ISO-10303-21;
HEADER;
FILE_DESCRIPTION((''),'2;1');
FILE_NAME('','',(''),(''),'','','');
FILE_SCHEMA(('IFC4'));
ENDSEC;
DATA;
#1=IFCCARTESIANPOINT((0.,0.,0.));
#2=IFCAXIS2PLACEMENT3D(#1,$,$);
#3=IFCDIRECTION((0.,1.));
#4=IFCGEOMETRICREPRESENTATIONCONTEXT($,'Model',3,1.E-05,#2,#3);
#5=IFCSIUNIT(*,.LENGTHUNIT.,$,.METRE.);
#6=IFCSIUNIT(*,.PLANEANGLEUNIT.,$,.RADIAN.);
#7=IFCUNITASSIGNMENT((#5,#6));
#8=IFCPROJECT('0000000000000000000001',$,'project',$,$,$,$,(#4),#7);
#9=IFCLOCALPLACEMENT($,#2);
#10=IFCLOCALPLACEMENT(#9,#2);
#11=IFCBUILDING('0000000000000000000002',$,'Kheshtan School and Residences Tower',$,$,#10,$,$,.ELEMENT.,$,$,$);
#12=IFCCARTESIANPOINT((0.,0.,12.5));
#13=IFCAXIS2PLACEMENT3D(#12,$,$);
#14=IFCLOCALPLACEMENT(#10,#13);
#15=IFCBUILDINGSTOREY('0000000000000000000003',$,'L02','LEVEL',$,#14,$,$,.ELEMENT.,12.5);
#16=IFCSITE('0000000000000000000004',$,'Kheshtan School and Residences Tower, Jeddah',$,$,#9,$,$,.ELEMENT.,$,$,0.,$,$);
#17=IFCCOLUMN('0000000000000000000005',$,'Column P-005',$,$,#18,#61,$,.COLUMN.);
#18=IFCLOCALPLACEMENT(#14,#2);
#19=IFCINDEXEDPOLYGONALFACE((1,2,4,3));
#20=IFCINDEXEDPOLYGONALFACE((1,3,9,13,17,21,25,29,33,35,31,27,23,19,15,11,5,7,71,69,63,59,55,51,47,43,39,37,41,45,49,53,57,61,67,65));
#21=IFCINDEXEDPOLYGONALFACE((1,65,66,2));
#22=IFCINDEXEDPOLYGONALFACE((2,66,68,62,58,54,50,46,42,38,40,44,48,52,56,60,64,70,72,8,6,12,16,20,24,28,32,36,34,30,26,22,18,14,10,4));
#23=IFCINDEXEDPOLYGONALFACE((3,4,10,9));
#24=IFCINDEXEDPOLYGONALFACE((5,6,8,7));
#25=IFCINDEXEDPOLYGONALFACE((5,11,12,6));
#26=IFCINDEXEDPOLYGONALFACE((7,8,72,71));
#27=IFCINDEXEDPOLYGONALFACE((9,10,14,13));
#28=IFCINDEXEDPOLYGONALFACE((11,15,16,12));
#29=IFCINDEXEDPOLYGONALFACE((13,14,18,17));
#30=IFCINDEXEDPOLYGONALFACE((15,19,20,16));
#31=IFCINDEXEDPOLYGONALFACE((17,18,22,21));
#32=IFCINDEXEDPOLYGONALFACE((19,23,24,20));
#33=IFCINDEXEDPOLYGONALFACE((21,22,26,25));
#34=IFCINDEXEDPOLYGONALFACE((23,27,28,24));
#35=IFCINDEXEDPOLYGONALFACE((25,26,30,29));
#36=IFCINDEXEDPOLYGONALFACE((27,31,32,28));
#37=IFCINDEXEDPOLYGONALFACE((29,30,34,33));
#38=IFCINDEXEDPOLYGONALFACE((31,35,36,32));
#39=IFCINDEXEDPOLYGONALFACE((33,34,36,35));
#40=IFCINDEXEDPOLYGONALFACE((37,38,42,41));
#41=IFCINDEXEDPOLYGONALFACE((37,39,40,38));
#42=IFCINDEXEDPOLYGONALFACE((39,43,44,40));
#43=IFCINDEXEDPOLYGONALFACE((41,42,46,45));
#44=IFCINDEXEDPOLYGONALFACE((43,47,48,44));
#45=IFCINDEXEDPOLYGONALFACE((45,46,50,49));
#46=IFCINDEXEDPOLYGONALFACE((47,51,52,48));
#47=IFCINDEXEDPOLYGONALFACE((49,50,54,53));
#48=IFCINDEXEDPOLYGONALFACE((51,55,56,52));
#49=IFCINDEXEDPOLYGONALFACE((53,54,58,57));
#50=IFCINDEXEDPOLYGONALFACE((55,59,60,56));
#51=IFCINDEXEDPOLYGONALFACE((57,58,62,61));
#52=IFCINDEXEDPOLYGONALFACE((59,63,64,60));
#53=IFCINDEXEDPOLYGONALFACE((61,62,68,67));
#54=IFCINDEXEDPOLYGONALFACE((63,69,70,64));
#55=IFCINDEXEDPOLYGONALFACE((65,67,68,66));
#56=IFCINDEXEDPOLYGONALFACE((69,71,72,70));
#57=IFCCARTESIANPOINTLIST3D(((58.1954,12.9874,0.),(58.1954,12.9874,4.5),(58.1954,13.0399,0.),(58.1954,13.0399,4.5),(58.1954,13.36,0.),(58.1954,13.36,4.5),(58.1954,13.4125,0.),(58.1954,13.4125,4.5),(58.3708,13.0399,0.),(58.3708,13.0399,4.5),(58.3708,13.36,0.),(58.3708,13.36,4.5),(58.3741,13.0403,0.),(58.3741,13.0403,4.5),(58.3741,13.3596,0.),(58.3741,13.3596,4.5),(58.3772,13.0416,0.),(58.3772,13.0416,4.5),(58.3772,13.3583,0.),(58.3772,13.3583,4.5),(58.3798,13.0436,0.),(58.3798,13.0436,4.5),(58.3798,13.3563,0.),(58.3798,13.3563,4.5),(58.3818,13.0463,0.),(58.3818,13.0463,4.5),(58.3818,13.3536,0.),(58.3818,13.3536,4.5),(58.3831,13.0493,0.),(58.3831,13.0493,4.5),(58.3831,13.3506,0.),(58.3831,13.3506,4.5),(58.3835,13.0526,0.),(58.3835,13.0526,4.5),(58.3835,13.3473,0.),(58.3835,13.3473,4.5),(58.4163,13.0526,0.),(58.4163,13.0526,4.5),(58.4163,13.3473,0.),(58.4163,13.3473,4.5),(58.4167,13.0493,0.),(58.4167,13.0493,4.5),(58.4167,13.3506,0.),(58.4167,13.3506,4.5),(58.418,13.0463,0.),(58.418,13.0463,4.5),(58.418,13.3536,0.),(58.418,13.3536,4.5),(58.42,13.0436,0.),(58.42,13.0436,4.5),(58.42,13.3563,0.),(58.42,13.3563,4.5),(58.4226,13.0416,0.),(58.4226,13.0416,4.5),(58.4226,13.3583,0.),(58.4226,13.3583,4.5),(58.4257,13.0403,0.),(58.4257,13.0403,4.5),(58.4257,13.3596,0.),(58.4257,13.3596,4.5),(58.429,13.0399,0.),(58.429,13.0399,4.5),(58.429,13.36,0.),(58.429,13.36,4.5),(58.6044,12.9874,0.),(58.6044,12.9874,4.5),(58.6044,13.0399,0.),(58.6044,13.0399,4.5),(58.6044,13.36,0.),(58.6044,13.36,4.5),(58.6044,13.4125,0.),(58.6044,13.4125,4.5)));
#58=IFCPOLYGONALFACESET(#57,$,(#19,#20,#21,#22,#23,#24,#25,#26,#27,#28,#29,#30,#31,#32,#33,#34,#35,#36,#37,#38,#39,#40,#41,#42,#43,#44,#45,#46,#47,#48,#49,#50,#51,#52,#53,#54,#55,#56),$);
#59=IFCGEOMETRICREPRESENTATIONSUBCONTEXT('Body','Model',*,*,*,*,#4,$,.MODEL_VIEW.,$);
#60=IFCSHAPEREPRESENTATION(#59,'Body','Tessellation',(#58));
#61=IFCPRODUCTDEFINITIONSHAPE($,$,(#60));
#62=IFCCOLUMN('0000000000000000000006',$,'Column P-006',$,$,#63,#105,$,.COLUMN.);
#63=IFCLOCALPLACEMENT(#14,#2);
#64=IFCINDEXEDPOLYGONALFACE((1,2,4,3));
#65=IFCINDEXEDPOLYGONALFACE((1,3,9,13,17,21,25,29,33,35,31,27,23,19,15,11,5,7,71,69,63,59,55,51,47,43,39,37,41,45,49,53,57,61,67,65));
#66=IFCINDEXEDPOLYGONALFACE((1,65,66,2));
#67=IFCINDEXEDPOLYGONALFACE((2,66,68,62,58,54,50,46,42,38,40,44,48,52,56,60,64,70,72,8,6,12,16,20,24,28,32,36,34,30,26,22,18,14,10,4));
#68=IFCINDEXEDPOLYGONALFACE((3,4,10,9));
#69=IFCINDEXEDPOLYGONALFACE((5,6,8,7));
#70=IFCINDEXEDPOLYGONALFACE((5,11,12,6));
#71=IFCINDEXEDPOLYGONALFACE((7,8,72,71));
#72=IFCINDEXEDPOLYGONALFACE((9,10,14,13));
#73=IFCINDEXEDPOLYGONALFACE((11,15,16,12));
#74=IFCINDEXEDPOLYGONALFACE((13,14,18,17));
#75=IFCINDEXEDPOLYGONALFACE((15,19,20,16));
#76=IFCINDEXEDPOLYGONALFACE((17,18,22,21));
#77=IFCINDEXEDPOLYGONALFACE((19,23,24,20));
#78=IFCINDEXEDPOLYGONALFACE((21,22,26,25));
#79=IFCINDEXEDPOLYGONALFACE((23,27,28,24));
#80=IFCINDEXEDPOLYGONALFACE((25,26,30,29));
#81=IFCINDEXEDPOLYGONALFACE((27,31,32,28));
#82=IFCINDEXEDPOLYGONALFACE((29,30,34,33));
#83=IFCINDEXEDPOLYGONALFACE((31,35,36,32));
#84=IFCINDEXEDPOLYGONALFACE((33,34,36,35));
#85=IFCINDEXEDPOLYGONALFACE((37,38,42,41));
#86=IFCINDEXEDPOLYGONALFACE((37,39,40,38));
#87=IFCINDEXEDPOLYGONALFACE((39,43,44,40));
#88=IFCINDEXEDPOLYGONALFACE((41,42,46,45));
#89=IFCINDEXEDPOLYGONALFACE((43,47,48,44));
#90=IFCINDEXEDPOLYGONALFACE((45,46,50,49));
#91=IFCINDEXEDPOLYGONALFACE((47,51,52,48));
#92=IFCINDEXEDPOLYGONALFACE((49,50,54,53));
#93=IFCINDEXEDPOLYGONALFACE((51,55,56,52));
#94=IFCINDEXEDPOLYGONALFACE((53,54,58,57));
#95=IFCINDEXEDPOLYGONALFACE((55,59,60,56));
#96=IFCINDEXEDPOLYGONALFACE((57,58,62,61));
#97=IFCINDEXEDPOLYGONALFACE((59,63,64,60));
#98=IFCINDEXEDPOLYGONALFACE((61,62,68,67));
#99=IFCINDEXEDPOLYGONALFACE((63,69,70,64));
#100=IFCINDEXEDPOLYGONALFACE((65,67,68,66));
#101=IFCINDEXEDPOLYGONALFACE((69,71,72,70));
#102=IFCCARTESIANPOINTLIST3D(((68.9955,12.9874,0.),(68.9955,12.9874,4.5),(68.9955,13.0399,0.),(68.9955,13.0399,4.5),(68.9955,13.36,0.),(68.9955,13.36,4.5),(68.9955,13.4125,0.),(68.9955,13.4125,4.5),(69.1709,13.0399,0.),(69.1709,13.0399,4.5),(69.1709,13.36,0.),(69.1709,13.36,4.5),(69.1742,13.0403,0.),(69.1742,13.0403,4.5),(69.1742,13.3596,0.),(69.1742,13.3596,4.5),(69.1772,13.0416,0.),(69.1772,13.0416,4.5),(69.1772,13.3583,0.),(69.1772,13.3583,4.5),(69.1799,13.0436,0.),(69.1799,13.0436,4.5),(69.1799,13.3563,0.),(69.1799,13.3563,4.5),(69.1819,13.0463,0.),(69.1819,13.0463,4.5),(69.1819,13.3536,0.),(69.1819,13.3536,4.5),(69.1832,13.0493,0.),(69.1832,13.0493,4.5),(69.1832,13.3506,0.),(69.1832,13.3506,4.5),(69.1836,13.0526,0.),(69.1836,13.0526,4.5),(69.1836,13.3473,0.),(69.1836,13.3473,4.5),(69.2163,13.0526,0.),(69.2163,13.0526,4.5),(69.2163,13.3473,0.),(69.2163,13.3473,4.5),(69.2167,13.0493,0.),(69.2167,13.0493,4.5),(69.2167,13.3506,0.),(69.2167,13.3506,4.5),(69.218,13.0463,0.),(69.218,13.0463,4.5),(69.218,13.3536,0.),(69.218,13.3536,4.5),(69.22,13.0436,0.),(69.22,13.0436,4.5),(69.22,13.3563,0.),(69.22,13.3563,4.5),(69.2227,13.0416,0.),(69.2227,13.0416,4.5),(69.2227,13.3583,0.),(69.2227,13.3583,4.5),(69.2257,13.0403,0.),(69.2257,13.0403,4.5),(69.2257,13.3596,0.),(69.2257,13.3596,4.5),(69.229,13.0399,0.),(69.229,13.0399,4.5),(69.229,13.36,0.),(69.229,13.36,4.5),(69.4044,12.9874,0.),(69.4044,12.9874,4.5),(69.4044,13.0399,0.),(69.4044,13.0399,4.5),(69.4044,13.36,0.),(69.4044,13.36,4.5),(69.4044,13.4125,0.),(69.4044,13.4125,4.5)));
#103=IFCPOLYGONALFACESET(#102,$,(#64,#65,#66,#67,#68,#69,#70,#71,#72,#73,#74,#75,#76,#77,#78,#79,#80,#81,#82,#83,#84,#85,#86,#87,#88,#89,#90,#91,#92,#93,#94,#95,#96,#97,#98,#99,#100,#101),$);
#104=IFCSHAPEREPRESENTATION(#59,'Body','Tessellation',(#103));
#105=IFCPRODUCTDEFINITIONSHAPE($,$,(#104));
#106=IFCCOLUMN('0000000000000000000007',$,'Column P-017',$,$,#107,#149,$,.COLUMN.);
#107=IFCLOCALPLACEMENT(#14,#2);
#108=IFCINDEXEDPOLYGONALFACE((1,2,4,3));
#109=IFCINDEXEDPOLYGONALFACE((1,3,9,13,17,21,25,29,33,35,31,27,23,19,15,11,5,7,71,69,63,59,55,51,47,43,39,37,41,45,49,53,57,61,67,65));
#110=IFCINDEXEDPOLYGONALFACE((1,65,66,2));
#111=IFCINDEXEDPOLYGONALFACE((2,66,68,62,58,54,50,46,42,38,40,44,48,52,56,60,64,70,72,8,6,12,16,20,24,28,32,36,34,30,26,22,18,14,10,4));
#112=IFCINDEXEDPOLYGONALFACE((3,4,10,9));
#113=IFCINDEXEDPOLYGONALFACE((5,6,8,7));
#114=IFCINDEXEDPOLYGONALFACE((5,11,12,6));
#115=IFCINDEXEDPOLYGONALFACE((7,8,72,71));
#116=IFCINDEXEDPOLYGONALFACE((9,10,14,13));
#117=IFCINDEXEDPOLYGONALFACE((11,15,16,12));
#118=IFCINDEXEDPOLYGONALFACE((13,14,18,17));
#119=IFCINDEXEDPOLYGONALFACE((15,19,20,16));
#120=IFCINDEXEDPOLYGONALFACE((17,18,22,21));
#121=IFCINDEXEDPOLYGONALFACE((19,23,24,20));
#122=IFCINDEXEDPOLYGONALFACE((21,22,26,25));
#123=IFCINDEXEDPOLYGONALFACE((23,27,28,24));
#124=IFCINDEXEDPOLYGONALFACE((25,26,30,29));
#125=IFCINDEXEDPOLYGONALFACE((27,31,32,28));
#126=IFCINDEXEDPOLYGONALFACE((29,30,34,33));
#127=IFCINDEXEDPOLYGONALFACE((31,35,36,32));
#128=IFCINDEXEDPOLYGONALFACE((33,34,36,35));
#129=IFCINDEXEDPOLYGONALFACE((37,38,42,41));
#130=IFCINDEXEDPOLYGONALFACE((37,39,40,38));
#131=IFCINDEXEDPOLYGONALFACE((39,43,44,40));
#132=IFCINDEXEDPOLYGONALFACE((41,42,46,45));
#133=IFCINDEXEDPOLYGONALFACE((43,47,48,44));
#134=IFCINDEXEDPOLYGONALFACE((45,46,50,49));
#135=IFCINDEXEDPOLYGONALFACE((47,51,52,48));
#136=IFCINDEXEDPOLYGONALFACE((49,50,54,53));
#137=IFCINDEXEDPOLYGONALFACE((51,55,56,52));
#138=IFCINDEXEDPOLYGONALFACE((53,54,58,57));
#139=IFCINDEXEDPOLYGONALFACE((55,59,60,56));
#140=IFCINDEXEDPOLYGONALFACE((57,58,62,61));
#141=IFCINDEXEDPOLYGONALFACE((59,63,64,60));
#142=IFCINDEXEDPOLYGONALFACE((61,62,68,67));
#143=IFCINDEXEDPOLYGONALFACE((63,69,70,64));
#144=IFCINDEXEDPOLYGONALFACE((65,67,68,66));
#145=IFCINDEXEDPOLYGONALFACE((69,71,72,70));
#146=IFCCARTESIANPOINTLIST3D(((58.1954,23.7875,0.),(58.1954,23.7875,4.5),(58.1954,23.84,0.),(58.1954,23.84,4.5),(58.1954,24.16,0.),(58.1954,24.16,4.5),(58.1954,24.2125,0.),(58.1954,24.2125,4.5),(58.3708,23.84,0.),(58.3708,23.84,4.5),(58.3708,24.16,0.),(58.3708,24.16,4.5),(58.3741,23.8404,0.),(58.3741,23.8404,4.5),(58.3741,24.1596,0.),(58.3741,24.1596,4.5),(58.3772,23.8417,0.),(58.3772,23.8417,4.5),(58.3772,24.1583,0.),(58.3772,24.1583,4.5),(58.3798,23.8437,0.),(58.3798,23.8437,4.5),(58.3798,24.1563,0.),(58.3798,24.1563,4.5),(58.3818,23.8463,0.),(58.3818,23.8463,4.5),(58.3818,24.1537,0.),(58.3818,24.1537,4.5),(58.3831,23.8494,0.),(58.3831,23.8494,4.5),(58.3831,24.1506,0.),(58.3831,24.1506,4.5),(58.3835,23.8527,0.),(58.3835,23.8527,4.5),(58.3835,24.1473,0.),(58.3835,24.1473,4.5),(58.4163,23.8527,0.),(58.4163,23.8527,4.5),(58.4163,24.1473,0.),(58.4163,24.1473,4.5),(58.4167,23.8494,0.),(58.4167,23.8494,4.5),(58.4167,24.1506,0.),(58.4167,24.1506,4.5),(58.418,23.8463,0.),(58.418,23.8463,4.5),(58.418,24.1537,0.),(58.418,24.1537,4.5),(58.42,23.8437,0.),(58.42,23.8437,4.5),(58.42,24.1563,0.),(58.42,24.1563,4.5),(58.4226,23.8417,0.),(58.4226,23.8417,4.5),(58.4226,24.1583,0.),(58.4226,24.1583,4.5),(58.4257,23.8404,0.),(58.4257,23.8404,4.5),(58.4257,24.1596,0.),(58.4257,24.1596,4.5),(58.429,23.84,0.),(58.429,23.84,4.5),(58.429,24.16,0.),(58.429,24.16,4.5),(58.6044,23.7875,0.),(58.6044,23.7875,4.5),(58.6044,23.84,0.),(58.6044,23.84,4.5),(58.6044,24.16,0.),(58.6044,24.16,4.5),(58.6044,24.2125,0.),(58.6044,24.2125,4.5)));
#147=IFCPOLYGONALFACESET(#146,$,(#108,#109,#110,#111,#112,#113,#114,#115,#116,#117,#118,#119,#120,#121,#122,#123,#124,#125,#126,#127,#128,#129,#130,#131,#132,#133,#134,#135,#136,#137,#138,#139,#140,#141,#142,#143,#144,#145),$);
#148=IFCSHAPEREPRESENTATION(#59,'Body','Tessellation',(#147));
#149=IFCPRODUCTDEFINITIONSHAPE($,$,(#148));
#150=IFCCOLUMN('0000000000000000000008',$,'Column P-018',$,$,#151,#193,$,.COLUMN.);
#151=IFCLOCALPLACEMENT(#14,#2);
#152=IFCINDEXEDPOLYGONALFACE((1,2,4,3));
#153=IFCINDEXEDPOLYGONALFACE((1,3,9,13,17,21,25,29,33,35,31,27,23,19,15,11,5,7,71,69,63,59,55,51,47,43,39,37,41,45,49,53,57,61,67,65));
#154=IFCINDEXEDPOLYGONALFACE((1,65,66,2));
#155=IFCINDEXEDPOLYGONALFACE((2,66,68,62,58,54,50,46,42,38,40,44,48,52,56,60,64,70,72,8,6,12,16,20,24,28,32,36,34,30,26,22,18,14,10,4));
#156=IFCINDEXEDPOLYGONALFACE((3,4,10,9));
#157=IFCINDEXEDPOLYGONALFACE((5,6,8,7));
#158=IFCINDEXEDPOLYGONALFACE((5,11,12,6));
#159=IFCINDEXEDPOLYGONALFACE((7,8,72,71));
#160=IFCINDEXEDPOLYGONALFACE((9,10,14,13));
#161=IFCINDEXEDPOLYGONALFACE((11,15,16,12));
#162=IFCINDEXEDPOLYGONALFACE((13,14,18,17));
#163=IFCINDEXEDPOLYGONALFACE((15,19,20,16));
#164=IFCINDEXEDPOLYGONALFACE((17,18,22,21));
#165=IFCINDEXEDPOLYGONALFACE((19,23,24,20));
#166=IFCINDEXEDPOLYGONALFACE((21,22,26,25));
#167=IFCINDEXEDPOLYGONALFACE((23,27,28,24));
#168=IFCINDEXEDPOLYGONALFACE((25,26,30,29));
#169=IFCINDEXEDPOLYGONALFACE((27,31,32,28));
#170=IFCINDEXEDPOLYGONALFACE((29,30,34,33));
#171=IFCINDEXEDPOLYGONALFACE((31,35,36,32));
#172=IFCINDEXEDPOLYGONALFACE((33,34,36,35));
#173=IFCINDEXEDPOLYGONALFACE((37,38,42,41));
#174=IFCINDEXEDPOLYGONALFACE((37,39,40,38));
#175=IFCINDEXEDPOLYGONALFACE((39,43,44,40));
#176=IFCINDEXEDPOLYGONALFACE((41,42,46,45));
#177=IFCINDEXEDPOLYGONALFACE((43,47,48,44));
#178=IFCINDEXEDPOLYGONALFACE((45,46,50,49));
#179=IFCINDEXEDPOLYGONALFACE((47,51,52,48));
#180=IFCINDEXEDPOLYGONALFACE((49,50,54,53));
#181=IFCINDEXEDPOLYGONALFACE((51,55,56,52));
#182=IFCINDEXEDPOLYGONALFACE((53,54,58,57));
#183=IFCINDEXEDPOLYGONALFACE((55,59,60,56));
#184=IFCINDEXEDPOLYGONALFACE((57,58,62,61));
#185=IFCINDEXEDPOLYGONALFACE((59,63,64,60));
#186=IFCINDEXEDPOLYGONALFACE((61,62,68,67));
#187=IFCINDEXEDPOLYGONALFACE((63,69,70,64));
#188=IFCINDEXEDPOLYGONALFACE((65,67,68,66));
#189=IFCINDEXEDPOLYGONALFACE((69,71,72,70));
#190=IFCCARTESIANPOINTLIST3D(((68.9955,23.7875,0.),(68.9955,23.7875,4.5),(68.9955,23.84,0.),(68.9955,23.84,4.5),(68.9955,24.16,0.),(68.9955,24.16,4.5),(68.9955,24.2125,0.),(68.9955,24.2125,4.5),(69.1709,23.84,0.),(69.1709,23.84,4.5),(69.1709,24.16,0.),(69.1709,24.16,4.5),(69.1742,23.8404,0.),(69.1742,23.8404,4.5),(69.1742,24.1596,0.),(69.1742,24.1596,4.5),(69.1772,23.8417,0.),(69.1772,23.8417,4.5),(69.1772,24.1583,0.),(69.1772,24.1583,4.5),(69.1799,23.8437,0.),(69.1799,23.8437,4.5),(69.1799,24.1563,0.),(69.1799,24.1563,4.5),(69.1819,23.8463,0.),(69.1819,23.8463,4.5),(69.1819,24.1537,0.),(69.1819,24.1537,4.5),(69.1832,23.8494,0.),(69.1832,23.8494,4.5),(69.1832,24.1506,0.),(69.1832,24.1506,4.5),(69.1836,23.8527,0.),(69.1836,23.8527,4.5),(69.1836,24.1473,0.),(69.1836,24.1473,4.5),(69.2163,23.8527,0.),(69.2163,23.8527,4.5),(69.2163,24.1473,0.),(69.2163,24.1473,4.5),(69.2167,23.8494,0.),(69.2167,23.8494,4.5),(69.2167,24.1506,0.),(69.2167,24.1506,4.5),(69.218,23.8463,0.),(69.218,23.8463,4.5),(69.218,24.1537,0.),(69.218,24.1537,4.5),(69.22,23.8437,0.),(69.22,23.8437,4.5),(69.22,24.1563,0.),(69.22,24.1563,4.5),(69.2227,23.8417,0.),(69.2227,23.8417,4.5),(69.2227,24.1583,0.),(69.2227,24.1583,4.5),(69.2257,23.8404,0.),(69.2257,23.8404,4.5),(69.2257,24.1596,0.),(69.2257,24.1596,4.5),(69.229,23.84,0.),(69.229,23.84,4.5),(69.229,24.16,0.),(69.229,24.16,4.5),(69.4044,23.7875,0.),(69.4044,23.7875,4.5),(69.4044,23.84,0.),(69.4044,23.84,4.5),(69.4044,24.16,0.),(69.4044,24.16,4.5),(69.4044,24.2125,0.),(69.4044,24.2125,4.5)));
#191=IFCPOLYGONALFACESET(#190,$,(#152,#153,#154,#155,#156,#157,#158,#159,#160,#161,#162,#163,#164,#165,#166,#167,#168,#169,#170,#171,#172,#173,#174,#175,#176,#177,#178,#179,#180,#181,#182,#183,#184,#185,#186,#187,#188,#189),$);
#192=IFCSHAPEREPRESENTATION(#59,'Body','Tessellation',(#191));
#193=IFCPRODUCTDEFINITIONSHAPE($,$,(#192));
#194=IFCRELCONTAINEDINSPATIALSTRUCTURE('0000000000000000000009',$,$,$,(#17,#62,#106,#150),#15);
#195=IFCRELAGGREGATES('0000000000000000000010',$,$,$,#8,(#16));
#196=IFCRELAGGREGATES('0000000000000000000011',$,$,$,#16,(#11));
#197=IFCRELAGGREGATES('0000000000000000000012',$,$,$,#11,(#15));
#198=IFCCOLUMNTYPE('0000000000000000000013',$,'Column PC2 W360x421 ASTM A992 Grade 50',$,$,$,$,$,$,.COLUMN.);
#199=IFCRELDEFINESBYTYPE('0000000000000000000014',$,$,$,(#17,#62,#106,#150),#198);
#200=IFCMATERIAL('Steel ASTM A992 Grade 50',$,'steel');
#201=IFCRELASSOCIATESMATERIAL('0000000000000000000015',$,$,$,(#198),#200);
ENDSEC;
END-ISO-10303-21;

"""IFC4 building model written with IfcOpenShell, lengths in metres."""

from ifc_helpers import new_model, si_unit, direction, frame, origin, origin_2d, place, context, subcontext, project, spatial, i_section, extrude, material, material_profile, profile_set, type_object, element, save


model = new_model("IFC4")

# Units and contexts
model_context = context("Model", 3, precision=1e-05, world=origin(), true_north=direction((0.0, 1.0)))
body_context = subcontext(model_context, "Body", "Model", "MODEL_VIEW")
ifc_project = project(units=[si_unit("LENGTHUNIT", "METRE"), si_unit("PLANEANGLEUNIT", "RADIAN")], contexts=[model_context])

# Site, building, storey
site_placement = place(None, origin())
site = spatial("IfcSite", under=ifc_project, at=site_placement, Name="Kheshtan School and Residences Tower, Jeddah", CompositionType="ELEMENT", RefElevation=0.0)
building_placement = place(site_placement, origin())
building = spatial("IfcBuilding", under=site, at=building_placement, Name="Kheshtan School and Residences Tower", CompositionType="ELEMENT")
storey_placement = place(building_placement, frame((0.0, 0.0, 12.5)))
storey = spatial("IfcBuildingStorey", under=building, at=storey_placement, Name="L02", Description="LEVEL", CompositionType="ELEMENT", Elevation=12.5)

# Columns
ifc_material_1 = material(Name="Steel ASTM A992 Grade 50", Category="steel")
ifc_material_profile_1 = material_profile(ifc_material_1, i_section(OverallWidth=0.4089, OverallDepth=0.425, WebThickness=0.0327, FlangeThickness=0.0525, FilletRadius=0.0127, at=origin_2d()), Name="W360x421")
ifc_profile_set_1 = profile_set([ifc_material_profile_1], Name="Steel ASTM A992 Grade 50")
column_type = type_object("IfcColumnType", Name="Column PC2 W360x421 ASTM A992 Grade 50", PredefinedType="COLUMN", material=ifc_profile_set_1)
for number, where, z_axis, x_axis, name in (
    (1, (58.3999, 13.2, 0.0), (0.0, 0.0, 1.0), (1.0, 0.0, 0.0), "Column P-005"),
    (2, (69.2, 13.2, 0.0), (0.0, 0.0, 1.0), (1.0, 0.0, 0.0), "Column P-006"),
    (3, (58.3999, 24.0, 0.0), (0.0, 0.0, 1.0), (1.0, 0.0, 0.0), "Column P-017"),
    (4, (69.2, 24.0, 0.0), (0.0, 0.0, 1.0), (1.0, 0.0, 0.0), "Column P-018"),
):
    element("IfcColumn", number, at=place(storey_placement, frame(where, z_axis=z_axis, x_axis=x_axis)), inside=storey, type_object=column_type, Name=name, PredefinedType="COLUMN", context=body_context, shape_type="SweptSolid", body=[
        extrude(i_section(OverallWidth=0.4089, OverallDepth=0.425, WebThickness=0.0327, FlangeThickness=0.0525, FilletRadius=0.0127, at=origin_2d()), origin(), (0.0, 0.0, 1.0), 4.5),
    ])

save(model, "model.ifc")
